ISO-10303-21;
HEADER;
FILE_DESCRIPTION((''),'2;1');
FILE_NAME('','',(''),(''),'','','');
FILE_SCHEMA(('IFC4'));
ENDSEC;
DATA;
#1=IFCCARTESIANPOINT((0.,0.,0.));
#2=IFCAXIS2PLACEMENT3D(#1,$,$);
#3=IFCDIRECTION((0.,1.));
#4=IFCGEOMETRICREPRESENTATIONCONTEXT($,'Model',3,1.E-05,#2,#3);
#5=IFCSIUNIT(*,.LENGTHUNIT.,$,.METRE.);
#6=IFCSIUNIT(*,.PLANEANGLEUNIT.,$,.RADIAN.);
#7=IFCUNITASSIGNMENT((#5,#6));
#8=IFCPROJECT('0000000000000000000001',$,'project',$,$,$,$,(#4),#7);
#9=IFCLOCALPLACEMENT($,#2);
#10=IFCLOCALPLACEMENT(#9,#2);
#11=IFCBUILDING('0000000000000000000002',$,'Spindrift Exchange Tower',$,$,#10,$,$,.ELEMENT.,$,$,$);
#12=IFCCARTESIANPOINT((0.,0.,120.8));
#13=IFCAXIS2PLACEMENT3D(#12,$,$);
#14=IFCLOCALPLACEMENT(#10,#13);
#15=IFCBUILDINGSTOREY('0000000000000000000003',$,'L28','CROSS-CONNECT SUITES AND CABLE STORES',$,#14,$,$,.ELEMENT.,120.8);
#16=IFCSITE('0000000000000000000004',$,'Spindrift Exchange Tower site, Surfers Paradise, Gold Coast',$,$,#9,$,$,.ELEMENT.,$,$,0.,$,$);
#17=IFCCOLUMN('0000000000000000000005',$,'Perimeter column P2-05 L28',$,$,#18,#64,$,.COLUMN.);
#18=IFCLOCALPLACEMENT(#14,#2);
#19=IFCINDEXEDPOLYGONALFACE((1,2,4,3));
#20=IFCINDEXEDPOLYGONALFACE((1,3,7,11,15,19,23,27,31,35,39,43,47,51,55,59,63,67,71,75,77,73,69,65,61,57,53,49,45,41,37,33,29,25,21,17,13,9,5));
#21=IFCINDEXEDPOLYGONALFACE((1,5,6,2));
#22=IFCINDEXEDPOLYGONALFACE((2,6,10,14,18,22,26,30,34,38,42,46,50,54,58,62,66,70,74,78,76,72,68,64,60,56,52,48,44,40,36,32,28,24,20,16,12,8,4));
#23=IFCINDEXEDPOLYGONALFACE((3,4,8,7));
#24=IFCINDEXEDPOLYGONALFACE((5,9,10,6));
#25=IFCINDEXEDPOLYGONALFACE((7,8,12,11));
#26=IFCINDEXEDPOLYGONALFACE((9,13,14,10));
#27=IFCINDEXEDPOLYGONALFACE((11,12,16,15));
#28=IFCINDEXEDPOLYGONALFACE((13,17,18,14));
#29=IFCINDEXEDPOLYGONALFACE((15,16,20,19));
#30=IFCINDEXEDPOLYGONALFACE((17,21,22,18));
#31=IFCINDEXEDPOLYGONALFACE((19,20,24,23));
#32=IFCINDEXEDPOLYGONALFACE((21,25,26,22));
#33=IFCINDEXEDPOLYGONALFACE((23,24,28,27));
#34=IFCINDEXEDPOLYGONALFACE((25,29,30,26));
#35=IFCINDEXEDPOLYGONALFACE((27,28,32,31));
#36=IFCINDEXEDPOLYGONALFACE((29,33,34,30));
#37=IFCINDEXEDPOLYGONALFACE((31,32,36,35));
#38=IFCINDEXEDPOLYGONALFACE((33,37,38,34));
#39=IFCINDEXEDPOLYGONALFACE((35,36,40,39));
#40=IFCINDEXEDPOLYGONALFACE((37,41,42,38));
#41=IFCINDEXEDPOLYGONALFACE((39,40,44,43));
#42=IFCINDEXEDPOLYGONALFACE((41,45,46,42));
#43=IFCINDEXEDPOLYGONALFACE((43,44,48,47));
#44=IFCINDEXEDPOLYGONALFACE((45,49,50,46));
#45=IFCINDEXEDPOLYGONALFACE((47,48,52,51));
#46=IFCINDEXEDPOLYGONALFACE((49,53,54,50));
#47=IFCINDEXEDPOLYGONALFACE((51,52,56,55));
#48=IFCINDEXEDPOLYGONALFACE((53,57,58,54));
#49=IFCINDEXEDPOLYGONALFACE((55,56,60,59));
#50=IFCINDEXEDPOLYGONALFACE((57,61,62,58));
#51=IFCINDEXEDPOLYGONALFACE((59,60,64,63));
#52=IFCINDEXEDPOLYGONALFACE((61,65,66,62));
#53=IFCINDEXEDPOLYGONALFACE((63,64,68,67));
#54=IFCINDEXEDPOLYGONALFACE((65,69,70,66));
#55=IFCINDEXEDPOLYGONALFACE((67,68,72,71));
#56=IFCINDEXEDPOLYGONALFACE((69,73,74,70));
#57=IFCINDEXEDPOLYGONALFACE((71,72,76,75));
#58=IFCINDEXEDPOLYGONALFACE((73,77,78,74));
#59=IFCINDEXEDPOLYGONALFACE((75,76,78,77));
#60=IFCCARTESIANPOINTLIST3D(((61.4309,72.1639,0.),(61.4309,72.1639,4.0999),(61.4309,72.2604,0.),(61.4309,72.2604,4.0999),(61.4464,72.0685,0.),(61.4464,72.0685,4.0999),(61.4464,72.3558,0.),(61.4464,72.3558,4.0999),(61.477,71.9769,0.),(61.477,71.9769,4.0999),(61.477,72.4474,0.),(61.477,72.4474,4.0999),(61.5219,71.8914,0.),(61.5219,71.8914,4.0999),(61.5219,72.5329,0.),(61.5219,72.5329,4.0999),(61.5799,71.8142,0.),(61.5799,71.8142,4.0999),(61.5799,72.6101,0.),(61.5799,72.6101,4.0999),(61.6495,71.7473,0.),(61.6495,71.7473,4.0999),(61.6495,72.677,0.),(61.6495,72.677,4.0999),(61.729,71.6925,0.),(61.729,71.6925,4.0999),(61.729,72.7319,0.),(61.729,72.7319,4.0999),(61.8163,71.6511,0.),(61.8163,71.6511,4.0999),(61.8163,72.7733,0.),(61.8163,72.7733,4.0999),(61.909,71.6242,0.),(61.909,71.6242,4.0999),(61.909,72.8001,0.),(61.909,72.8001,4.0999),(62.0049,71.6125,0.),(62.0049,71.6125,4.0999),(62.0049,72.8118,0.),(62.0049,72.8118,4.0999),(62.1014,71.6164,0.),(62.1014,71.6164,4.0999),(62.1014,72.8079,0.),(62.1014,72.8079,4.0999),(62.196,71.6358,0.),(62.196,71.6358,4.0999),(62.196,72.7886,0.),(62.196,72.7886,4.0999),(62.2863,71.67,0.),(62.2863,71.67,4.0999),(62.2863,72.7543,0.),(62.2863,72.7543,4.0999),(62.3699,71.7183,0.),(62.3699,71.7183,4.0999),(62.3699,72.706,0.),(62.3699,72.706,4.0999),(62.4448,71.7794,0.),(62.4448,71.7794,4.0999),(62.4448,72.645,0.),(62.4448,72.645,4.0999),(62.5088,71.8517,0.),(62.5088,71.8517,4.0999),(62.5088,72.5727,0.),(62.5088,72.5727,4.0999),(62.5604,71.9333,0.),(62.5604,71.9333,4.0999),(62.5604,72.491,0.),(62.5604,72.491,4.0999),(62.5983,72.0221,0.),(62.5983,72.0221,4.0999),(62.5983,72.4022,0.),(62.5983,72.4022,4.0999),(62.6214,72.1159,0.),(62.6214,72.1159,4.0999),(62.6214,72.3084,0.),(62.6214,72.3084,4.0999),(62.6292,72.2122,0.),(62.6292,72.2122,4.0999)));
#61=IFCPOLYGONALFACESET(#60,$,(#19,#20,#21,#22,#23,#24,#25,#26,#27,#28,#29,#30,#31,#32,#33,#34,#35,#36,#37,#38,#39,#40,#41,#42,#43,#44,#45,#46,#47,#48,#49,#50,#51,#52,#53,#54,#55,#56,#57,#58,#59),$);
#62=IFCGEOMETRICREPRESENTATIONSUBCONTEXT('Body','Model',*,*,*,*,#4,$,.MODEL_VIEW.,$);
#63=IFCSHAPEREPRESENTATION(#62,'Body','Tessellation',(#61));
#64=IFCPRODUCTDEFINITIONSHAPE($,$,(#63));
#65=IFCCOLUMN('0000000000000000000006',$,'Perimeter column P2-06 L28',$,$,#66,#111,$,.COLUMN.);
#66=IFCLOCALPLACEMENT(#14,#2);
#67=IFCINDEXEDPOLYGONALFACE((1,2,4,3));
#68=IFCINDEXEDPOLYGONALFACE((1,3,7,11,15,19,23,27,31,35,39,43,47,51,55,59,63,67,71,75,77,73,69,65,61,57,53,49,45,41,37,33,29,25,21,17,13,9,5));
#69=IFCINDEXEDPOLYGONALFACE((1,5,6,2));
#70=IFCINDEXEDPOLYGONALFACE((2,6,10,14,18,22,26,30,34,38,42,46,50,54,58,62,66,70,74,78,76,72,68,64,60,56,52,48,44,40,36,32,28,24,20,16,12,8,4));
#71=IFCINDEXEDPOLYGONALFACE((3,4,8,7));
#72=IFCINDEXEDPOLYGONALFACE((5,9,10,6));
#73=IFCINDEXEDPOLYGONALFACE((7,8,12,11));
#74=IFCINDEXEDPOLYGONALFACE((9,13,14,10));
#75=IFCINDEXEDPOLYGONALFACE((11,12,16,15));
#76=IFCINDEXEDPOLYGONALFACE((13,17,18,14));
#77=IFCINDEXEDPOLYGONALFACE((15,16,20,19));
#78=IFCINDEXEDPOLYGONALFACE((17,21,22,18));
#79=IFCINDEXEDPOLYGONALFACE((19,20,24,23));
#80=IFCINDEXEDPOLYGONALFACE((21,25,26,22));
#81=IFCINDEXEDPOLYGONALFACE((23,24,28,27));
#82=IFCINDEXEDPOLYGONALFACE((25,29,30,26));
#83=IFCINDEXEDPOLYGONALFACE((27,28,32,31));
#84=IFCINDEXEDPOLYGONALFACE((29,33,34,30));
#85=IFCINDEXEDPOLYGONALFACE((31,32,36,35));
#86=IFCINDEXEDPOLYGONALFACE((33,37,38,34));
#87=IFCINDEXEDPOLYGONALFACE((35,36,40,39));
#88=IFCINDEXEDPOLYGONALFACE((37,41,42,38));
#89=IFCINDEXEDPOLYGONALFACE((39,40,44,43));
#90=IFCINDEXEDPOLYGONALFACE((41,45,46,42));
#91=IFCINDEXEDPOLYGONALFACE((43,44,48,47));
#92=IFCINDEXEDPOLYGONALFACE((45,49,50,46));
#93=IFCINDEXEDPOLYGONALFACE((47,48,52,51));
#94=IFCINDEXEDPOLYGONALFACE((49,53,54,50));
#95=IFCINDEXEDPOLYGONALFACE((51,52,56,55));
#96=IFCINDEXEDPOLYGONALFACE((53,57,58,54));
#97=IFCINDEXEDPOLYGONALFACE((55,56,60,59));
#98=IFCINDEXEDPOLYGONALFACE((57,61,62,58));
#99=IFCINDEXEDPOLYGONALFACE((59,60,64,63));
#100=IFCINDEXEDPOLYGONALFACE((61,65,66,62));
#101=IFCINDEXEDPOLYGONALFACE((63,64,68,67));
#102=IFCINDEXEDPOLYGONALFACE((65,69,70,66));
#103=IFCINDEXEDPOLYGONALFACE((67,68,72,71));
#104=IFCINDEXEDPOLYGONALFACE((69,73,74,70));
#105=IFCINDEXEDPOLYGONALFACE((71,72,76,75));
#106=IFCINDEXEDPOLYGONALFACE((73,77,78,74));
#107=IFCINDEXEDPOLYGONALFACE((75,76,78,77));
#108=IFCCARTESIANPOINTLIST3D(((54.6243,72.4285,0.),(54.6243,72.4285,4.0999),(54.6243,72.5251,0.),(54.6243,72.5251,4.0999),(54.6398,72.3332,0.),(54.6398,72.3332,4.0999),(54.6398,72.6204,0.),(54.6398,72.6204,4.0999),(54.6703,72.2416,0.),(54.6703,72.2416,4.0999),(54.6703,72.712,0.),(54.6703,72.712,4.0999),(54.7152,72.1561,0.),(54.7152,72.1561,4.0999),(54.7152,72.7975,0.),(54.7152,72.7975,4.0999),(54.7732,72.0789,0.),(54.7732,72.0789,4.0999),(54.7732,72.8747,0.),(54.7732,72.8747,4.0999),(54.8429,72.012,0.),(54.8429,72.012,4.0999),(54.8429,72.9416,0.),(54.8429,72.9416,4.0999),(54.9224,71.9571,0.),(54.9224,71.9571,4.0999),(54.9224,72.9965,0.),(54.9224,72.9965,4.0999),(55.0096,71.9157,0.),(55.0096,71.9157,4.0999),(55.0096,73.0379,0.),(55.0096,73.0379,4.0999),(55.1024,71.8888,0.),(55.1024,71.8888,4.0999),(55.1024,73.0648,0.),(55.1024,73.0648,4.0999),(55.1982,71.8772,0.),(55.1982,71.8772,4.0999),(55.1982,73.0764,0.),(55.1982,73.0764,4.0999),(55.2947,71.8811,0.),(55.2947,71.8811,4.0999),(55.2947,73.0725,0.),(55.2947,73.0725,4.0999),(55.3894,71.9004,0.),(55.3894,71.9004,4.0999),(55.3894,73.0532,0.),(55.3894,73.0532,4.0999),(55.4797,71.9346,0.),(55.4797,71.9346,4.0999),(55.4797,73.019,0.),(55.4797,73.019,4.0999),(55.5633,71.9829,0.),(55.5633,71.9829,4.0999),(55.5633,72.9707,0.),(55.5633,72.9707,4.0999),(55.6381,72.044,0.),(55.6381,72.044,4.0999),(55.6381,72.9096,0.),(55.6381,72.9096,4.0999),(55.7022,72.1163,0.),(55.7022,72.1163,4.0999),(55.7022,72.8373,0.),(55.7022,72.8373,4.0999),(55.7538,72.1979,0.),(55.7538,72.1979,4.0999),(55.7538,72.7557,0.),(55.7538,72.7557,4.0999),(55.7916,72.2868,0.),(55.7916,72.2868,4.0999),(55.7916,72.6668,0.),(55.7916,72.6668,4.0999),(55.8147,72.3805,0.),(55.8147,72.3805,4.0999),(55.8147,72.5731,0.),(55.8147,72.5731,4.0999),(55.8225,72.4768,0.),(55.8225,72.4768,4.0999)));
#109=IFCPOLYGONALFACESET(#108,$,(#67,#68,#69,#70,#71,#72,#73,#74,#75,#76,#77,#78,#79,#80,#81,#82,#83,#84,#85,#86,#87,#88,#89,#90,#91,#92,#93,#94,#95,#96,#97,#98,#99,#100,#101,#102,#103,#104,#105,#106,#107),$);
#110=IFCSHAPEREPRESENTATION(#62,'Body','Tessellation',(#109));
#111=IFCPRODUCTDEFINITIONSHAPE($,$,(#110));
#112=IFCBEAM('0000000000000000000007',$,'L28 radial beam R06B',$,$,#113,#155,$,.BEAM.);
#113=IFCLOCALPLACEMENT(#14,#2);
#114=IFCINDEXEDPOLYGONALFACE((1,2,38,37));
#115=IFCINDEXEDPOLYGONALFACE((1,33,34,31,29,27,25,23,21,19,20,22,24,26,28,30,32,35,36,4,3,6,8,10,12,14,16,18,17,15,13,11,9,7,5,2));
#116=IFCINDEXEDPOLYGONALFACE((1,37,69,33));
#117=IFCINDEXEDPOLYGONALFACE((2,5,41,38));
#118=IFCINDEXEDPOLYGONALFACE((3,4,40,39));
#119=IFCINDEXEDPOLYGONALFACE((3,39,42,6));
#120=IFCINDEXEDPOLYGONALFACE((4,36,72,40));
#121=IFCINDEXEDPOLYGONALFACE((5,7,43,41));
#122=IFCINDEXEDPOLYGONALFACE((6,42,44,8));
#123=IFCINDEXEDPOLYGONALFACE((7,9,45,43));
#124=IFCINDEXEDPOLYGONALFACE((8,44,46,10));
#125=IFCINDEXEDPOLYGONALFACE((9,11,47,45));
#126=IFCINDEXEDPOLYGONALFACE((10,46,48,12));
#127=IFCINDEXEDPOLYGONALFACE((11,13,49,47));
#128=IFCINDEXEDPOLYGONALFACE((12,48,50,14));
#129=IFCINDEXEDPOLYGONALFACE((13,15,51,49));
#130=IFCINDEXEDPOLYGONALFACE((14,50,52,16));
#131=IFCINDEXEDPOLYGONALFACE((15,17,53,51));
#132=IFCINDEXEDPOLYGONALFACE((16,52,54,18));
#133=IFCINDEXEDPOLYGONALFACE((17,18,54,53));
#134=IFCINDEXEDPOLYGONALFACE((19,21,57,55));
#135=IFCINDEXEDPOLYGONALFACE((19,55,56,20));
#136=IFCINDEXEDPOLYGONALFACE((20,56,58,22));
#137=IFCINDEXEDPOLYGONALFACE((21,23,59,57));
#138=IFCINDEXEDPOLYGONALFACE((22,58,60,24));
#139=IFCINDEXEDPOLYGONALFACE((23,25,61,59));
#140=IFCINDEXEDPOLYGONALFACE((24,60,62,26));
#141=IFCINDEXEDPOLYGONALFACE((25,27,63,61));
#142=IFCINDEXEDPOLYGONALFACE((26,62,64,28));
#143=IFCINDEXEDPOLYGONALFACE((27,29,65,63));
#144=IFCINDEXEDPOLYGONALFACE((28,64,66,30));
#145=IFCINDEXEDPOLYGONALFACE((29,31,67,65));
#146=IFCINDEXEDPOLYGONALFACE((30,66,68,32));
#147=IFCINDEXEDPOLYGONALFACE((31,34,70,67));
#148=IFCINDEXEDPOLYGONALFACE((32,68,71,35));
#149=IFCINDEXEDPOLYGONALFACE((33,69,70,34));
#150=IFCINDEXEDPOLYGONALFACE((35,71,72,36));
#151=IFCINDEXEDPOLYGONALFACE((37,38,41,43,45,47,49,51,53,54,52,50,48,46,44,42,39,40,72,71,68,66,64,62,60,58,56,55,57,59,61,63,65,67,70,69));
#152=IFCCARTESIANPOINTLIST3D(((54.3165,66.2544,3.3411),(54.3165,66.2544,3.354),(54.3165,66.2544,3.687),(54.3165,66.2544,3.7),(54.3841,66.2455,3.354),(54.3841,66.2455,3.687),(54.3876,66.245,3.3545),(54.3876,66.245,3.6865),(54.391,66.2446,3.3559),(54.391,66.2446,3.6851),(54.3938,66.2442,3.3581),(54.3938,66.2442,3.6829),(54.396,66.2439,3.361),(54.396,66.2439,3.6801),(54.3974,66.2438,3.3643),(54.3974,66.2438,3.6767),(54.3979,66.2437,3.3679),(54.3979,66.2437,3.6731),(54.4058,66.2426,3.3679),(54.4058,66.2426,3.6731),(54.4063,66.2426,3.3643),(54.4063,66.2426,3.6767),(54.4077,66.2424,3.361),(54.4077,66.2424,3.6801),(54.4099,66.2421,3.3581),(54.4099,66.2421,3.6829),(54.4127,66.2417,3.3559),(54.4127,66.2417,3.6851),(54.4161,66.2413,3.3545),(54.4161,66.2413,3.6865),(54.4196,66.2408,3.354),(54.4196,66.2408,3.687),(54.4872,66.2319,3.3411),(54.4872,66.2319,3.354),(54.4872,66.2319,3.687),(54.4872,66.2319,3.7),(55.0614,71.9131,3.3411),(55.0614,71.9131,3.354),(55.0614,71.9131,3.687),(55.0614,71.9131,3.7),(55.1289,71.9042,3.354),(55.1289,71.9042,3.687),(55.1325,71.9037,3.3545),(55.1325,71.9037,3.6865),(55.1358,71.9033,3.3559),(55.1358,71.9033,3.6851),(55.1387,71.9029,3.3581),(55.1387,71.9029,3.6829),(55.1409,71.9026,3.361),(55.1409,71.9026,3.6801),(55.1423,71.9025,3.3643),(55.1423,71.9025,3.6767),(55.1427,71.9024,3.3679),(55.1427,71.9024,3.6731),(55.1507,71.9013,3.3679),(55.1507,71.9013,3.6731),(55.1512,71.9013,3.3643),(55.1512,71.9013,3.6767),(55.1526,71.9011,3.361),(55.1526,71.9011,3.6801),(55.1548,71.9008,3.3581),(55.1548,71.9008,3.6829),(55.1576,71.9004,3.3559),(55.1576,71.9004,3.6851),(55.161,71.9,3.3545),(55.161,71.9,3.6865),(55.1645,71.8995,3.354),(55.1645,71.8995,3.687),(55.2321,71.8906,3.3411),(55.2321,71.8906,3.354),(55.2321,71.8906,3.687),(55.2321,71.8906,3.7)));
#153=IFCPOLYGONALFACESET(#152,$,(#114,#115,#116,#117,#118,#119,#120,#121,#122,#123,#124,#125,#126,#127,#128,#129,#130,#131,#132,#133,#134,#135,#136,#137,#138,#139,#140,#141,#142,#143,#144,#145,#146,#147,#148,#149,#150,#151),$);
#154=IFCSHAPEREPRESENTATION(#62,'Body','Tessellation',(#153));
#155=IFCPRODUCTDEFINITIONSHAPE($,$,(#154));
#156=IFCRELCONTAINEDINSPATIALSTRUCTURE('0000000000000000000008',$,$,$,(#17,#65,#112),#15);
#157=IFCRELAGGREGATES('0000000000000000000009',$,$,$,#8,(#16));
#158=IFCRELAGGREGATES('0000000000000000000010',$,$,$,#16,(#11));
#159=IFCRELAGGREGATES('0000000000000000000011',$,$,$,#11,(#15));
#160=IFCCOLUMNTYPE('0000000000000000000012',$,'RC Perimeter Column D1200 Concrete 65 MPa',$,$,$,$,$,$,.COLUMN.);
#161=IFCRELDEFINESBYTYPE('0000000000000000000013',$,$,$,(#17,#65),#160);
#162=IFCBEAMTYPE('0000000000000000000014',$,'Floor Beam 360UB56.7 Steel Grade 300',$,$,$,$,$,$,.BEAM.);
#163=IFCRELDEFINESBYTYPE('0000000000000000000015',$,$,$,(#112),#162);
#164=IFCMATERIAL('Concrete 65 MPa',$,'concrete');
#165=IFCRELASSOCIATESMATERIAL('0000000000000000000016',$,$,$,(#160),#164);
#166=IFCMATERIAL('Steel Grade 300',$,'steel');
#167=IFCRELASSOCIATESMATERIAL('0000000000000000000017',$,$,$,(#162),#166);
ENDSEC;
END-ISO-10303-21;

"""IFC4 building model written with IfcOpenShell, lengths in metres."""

from ifc_helpers import new_model, si_unit, direction, frame, origin, origin_2d, place, context, subcontext, project, spatial, circle, i_section, extrude, source, transform, mapped, material, material_profile, profile_set, type_object, element, save


model = new_model("IFC4")

# Units and contexts
model_context = context("Model", 3, precision=1e-05, world=origin(), true_north=direction((0.0, 1.0)))
body_context = subcontext(model_context, "Body", "Model", "MODEL_VIEW")
ifc_project = project(units=[si_unit("LENGTHUNIT", "METRE"), si_unit("PLANEANGLEUNIT", "RADIAN")], contexts=[model_context])

# Site, building, storey
site_placement = place(None, origin())
site = spatial("IfcSite", under=ifc_project, at=site_placement, Name="Spindrift Exchange Tower site, Surfers Paradise, Gold Coast", CompositionType="ELEMENT", RefElevation=0.0)
building_placement = place(site_placement, origin())
building = spatial("IfcBuilding", under=site, at=building_placement, Name="Spindrift Exchange Tower", CompositionType="ELEMENT")
storey_placement = place(building_placement, frame((0.0, 0.0, 120.8)))
storey = spatial("IfcBuildingStorey", under=building, at=storey_placement, Name="L28", Description="CROSS-CONNECT SUITES AND CABLE STORES", CompositionType="ELEMENT", Elevation=120.8)

# Columns
ifc_material_1 = material(Name="Concrete 65 MPa", Category="concrete")
ifc_material_profile_1 = material_profile(ifc_material_1, circle(Radius=0.6001, at=origin_2d()), Name="RC D1200")
ifc_profile_set_1 = profile_set([ifc_material_profile_1], Name="Concrete 65 MPa")
column_type = type_object("IfcColumnType", Name="RC Perimeter Column D1200 Concrete 65 MPa", PredefinedType="COLUMN", material=ifc_profile_set_1)
shared_shape_1 = source(origin(), body_context, "Body", "SweptSolid", [
    extrude(circle(Radius=0.6001, at=origin_2d()), origin(), (0.0, 0.0, 1.0), 4.0999),
])
for number, where, z_axis, x_axis, name in (
    (1, (62.0291, 72.2122, 0.0), (0.0, 0.0, 1.0), (1.0, 0.0, 0.0), "Perimeter column P2-05 L28"),
    (2, (55.2224, 72.4768, 0.0), (0.0, 0.0, 1.0), (1.0, 0.0, 0.0), "Perimeter column P2-06 L28"),
):
    element("IfcColumn", number, at=place(storey_placement, frame(where, z_axis=z_axis, x_axis=x_axis)), inside=storey, type_object=column_type, Name=name, PredefinedType="COLUMN", context=body_context, shape_type="MappedRepresentation", body=[
        mapped(shared_shape_1, transform((0.0, 0.0, 0.0), scale=1.0)),
    ])

# Beam
ifc_material_2 = material(Name="Steel Grade 300", Category="steel")
ifc_material_profile_2 = material_profile(ifc_material_2, i_section(OverallWidth=0.1721, OverallDepth=0.3589, WebThickness=0.0081, FlangeThickness=0.0129, FilletRadius=0.0139, at=origin_2d()), Name="360UB56.7")
ifc_profile_set_2 = profile_set([ifc_material_profile_2], Name="Steel Grade 300")
beam_type_1 = type_object("IfcBeamType", Name="Floor Beam 360UB56.7 Steel Grade 300", PredefinedType="BEAM", material=ifc_profile_set_2)
shared_shape_2 = source(origin(), body_context, "Body", "SweptSolid", [
    extrude(i_section(OverallWidth=0.1721, OverallDepth=0.3589, WebThickness=0.0081, FlangeThickness=0.0129, FilletRadius=0.0139, at=origin_2d()), origin(), (0.0, 0.0, 1.0), 5.7075),
])
beam_1_placement = place(storey_placement, frame((54.4019, 66.2432, 3.5205), z_axis=(0.130508, 0.991447, 0.0), x_axis=(-0.991447, 0.130508, 0.0)))
element("IfcBeam", 3, at=beam_1_placement, inside=storey, type_object=beam_type_1, Name="L28 radial beam R06B", PredefinedType="BEAM", context=body_context, shape_type="MappedRepresentation", body=[
    mapped(shared_shape_2, transform((0.0, 0.0, 0.0), scale=1.0)),
])

save(model, "model.ifc")
